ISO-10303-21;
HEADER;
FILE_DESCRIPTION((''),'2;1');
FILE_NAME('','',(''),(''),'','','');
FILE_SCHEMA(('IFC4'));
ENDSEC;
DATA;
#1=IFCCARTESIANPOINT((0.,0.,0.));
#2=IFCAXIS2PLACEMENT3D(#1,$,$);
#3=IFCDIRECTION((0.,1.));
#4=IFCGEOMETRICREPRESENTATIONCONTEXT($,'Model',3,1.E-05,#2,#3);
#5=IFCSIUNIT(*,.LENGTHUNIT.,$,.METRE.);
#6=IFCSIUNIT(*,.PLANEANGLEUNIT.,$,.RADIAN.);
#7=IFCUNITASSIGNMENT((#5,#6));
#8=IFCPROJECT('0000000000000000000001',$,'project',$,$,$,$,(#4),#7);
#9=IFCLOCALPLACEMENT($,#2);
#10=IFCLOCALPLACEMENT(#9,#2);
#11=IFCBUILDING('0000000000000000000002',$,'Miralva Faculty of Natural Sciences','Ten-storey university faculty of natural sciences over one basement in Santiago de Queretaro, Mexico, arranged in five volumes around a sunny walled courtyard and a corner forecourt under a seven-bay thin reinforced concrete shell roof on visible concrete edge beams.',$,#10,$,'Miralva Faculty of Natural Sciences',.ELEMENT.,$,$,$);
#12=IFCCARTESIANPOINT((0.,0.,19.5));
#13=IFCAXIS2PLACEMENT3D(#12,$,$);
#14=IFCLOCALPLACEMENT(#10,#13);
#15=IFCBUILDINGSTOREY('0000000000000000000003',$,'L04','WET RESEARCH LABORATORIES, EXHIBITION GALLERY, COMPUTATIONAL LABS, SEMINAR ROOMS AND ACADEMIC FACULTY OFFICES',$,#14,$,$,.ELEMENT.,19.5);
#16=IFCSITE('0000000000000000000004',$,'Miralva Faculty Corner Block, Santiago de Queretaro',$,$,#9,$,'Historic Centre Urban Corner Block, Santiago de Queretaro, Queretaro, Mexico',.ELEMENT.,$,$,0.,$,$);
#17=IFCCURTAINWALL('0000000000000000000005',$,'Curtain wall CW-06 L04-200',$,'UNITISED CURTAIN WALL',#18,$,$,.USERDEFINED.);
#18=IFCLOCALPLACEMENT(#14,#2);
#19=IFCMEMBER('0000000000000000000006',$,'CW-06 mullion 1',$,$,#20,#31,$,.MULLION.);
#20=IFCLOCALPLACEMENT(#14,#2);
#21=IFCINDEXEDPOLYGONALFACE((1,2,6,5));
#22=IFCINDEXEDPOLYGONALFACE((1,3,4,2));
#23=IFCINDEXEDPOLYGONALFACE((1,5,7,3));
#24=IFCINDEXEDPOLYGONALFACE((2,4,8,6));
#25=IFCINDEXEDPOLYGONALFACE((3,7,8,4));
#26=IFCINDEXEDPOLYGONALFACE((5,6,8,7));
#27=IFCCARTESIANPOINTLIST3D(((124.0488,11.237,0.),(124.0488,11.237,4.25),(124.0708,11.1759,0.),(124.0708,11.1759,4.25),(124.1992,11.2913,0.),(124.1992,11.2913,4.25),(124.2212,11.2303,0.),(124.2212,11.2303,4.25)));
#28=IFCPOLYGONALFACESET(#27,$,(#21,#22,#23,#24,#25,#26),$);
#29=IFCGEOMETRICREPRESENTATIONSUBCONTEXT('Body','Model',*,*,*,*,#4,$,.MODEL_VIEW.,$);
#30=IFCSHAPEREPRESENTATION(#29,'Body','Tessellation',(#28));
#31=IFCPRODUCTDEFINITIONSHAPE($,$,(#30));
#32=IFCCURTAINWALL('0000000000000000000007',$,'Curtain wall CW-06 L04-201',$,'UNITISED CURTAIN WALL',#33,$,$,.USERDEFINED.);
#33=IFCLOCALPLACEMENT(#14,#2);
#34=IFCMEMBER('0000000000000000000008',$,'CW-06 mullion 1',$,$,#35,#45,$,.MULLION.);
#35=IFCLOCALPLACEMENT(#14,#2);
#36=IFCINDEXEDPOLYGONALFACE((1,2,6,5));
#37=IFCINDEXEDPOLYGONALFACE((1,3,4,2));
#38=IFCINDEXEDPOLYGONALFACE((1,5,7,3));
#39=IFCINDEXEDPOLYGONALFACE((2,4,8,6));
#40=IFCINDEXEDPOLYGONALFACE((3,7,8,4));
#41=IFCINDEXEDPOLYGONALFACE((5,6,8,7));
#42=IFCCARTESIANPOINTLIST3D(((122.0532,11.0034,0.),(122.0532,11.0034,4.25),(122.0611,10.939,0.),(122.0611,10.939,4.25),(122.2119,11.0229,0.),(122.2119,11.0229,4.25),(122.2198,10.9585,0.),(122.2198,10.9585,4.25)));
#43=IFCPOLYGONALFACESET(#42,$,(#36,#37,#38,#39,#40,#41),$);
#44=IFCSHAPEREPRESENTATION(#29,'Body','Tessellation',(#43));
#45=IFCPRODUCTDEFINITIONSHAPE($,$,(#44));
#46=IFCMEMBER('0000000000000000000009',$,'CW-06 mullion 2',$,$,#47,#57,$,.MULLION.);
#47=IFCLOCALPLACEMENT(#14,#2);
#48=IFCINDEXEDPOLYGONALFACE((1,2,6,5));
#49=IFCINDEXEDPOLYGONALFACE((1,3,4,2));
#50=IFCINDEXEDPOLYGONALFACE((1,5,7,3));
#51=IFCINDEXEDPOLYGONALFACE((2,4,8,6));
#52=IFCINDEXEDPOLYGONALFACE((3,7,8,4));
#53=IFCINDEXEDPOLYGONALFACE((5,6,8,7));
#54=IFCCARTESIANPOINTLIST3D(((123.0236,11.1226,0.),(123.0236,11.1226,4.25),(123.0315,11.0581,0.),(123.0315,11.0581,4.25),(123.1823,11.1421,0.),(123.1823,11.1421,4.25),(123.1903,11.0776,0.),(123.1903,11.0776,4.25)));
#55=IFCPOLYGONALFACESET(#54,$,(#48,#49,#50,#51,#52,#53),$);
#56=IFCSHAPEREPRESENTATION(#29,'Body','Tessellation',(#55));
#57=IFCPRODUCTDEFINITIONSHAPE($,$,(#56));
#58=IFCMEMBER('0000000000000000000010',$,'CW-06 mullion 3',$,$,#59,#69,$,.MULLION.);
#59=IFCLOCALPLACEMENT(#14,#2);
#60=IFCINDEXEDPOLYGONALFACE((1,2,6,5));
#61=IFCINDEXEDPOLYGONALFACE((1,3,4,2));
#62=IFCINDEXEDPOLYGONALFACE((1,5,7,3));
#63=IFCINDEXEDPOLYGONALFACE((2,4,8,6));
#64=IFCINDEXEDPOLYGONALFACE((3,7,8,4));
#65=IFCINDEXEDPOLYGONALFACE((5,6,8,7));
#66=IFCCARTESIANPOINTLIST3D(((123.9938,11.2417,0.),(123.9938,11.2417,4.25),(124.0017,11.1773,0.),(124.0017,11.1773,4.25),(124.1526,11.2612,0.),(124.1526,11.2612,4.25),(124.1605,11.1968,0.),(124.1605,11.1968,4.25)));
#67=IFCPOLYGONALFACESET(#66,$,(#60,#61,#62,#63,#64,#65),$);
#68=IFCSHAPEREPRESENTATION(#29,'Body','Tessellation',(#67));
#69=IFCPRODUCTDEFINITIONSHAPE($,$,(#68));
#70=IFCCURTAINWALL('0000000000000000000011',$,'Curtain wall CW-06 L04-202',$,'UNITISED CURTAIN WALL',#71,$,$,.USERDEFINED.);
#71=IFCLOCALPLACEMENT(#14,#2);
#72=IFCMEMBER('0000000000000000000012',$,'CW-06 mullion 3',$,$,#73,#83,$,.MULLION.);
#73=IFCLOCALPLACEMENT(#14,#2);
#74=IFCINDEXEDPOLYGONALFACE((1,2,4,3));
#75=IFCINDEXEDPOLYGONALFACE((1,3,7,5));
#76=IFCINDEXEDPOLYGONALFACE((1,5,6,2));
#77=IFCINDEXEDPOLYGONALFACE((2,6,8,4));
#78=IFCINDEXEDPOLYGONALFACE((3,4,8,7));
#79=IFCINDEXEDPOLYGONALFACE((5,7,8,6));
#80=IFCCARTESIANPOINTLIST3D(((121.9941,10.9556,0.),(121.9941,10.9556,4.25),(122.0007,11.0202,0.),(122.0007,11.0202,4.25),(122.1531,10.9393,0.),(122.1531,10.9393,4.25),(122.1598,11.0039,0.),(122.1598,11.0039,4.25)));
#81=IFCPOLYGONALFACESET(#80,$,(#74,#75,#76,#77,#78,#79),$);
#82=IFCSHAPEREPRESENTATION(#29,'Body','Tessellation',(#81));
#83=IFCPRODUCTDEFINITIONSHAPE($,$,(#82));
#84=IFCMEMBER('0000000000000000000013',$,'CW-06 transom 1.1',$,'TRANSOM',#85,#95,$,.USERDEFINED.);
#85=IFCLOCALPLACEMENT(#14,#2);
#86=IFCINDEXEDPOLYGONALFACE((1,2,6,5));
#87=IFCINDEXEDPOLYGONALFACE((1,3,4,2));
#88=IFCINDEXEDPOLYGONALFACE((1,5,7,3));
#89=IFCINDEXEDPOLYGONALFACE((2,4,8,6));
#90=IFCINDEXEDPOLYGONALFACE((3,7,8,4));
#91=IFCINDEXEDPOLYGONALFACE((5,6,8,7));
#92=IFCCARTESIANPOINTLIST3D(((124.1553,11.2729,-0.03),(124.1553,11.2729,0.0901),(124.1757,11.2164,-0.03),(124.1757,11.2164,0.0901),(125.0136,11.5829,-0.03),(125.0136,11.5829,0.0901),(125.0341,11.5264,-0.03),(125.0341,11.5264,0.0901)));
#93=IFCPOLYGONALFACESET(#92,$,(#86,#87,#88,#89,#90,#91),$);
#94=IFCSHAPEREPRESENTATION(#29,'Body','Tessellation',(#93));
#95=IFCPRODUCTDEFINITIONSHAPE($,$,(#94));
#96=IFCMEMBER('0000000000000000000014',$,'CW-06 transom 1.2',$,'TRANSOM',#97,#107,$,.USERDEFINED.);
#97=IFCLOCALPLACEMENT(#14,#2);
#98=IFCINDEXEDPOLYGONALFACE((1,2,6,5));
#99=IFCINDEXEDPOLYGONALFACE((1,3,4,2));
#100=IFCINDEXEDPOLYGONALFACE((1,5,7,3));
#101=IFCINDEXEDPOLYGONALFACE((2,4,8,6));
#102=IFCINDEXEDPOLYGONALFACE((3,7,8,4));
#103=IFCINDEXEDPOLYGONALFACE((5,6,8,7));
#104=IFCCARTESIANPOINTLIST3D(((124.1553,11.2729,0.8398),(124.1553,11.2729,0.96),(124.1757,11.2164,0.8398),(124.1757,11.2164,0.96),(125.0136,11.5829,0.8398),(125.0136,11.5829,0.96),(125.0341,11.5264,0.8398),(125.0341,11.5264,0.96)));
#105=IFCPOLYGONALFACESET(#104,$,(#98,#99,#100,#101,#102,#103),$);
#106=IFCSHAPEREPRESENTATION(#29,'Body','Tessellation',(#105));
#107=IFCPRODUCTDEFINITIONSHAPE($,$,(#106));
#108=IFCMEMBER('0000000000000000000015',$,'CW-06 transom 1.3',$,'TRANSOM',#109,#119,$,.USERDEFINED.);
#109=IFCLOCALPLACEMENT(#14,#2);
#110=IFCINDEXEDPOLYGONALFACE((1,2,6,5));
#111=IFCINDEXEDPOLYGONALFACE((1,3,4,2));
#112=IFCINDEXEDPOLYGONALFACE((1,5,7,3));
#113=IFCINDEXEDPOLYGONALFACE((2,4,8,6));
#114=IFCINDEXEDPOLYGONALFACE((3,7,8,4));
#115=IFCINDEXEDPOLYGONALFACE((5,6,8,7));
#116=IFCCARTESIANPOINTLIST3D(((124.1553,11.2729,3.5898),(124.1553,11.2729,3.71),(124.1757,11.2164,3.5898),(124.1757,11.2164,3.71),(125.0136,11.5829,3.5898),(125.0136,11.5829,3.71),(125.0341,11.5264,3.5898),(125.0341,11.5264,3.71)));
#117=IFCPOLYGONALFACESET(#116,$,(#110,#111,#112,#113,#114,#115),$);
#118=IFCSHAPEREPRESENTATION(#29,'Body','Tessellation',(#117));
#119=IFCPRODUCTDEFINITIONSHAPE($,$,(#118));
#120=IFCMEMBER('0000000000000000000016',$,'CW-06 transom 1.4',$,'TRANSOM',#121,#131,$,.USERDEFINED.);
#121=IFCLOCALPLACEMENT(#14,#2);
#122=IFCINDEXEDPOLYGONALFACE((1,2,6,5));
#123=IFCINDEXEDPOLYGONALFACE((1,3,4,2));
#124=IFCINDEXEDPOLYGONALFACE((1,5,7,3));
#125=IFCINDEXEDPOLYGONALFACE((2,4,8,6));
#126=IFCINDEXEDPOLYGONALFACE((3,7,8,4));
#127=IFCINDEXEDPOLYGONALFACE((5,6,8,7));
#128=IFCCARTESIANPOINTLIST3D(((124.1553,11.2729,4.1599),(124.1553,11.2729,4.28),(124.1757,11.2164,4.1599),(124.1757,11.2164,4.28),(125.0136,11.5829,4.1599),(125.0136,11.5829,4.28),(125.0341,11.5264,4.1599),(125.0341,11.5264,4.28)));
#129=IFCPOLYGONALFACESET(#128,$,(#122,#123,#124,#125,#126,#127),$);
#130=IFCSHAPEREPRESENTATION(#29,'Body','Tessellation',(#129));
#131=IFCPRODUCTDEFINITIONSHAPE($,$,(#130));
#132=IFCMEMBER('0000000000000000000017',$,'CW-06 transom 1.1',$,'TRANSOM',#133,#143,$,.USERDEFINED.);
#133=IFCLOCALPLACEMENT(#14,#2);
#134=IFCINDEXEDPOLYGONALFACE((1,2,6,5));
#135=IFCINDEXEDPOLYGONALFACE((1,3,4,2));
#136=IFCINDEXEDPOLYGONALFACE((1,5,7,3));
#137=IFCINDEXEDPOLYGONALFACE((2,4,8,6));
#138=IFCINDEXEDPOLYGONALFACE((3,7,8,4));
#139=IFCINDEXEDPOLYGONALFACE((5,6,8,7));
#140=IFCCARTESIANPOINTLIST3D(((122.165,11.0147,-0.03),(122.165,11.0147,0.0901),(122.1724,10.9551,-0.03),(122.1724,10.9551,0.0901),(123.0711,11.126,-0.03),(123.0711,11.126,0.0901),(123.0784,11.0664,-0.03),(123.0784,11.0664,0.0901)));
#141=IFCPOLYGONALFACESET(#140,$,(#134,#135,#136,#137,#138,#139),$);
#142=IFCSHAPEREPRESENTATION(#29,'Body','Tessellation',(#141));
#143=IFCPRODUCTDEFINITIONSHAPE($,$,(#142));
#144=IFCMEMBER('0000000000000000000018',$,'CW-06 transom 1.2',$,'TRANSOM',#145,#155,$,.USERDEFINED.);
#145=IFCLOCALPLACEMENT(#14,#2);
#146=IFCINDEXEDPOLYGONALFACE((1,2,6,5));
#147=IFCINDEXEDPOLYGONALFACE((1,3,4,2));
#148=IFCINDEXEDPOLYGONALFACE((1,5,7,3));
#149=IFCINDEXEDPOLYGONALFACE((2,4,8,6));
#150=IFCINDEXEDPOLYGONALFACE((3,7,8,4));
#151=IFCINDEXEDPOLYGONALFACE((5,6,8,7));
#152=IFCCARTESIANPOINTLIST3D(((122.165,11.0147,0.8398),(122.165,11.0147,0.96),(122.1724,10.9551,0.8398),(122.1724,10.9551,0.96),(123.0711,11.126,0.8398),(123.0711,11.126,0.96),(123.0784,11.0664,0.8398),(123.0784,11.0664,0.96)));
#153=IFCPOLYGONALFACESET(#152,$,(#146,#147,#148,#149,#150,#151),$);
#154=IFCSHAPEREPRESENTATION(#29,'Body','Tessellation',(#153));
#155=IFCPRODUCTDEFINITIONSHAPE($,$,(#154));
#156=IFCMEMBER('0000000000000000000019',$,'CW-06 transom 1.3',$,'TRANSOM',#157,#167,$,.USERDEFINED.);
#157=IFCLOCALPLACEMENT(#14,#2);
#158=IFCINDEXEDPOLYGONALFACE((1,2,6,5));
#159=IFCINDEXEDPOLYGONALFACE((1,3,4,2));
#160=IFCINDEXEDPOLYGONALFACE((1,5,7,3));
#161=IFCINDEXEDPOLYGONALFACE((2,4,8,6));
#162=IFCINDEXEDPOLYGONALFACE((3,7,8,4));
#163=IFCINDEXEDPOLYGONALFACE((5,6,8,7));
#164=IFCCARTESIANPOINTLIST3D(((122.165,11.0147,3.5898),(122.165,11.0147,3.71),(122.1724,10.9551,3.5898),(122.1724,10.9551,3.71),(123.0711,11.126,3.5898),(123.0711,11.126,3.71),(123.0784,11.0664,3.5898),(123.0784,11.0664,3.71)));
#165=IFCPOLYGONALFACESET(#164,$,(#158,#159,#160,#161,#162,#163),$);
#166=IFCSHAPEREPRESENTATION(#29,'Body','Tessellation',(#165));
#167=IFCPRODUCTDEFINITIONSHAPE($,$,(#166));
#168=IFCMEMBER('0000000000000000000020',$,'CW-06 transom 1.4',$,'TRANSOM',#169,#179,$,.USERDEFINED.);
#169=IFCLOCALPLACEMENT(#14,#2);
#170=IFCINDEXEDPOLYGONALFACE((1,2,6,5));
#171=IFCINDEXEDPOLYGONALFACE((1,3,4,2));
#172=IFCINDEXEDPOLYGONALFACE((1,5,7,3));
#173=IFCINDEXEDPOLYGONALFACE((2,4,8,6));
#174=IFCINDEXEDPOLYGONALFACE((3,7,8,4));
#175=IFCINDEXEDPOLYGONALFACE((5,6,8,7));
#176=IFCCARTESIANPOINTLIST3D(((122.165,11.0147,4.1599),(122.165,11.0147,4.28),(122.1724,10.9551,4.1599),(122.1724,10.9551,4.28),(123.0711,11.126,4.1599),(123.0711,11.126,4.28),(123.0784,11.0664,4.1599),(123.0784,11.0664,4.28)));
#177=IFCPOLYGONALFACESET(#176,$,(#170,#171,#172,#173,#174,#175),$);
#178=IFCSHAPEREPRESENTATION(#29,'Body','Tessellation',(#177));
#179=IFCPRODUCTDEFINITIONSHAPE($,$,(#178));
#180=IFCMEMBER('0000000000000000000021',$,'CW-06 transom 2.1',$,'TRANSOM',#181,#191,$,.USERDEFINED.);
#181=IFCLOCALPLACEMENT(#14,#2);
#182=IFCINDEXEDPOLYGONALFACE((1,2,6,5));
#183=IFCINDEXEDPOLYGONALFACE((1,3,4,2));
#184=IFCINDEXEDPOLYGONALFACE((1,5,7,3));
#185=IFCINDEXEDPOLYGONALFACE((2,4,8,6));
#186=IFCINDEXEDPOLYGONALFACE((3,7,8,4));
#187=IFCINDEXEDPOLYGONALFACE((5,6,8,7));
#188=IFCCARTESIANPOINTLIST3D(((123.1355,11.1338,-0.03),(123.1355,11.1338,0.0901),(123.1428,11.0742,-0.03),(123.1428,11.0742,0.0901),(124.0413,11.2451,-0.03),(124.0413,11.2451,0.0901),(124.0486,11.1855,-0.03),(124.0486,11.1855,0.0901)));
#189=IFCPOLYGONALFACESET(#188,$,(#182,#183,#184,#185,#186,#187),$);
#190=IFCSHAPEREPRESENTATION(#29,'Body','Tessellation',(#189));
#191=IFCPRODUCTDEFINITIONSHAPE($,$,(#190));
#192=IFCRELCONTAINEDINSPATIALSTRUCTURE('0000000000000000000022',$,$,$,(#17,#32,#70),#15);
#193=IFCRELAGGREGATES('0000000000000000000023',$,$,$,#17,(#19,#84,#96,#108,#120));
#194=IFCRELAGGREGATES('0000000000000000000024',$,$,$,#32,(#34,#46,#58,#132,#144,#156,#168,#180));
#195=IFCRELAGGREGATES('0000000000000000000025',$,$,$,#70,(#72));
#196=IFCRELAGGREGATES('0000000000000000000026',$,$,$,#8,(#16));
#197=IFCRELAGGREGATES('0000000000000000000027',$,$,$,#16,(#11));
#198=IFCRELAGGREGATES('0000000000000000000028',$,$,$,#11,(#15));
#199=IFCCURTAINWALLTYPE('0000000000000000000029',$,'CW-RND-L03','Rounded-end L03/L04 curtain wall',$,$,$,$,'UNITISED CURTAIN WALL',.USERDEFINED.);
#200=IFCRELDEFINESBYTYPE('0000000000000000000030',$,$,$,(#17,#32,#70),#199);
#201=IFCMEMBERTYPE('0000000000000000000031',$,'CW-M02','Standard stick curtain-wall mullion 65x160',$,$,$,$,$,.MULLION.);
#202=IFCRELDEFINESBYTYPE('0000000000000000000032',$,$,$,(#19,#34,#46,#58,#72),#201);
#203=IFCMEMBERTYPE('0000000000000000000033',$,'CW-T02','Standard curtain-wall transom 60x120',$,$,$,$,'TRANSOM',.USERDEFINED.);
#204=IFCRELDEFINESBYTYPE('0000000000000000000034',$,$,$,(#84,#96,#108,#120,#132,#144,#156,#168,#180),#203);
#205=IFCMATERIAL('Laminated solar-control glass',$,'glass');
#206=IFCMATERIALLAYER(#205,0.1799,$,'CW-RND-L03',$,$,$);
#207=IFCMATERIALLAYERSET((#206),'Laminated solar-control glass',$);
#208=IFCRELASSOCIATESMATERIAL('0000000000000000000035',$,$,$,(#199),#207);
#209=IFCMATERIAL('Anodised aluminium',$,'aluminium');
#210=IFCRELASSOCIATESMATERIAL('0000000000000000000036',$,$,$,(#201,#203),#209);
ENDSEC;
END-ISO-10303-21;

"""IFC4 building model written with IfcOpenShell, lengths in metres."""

from ifc_helpers import new_model, si_unit, direction, frame, origin, origin_2d, place, context, subcontext, project, spatial, rectangle, extrude, material, layer, layer_set, material_profile, profile_set, type_object, element, aggregate, save


model = new_model("IFC4")

# Units and contexts
model_context = context("Model", 3, precision=1e-05, world=origin(), true_north=direction((0.0, 1.0)))
body_context = subcontext(model_context, "Body", "Model", "MODEL_VIEW")
ifc_project = project(units=[si_unit("LENGTHUNIT", "METRE"), si_unit("PLANEANGLEUNIT", "RADIAN")], contexts=[model_context])

# Site, building, storey
site_placement = place(None, origin())
site = spatial("IfcSite", under=ifc_project, at=site_placement, Name="Miralva Faculty Corner Block, Santiago de Queretaro", LongName="Historic Centre Urban Corner Block, Santiago de Queretaro, Queretaro, Mexico", CompositionType="ELEMENT", RefElevation=0.0)
building_placement = place(site_placement, origin())
building = spatial("IfcBuilding", under=site, at=building_placement, Name="Miralva Faculty of Natural Sciences", Description="Ten-storey university faculty of natural sciences over one basement in Santiago de Queretaro, Mexico, arranged in five volumes around a sunny walled courtyard and a corner forecourt under a seven-bay thin reinforced concrete shell roof on visible concrete edge beams.", LongName="Miralva Faculty of Natural Sciences", CompositionType="ELEMENT")
storey_placement = place(building_placement, frame((0.0, 0.0, 19.5)))
storey = spatial("IfcBuildingStorey", under=building, at=storey_placement, Name="L04", Description="WET RESEARCH LABORATORIES, EXHIBITION GALLERY, COMPUTATIONAL LABS, SEMINAR ROOMS AND ACADEMIC FACULTY OFFICES", CompositionType="ELEMENT", Elevation=19.5)

# Curtain wall, member
ifc_material_1 = material(Name="Laminated solar-control glass", Category="glass")
ifc_layer_1 = layer(ifc_material_1, 0.1799, Name="CW-RND-L03")
ifc_layer_set_1 = layer_set([ifc_layer_1], Name="Laminated solar-control glass")
curtain_wall_type = type_object("IfcCurtainWallType", Name="CW-RND-L03", Description="Rounded-end L03/L04 curtain wall", ElementType="UNITISED CURTAIN WALL", PredefinedType="USERDEFINED", material=ifc_layer_set_1)
curtain_wall_1_placement = place(storey_placement, origin())
curtain_wall_1 = element("IfcCurtainWall", 1, at=curtain_wall_1_placement, inside=storey, type_object=curtain_wall_type, Name="Curtain wall CW-06 L04-200", ObjectType="UNITISED CURTAIN WALL", PredefinedType="USERDEFINED")
ifc_material_2 = material(Name="Anodised aluminium", Category="aluminium")
ifc_material_profile_1 = material_profile(ifc_material_2, rectangle(XDim=0.0649, YDim=0.1599, at=origin_2d()), Name="MULLION 65x160")
ifc_profile_set_1 = profile_set([ifc_material_profile_1], Name="Anodised aluminium")
member_type_1 = type_object("IfcMemberType", Name="CW-M02", Description="Standard stick curtain-wall mullion 65x160", PredefinedType="MULLION", material=ifc_profile_set_1)
member_1_placement = place(storey_placement, frame((124.135, 11.2336, 0.0), z_axis=(0.0, 0.0, 1.0), x_axis=(-0.339696, 0.940535, 0.0)))
member_1 = element("IfcMember", 2, at=member_1_placement, type_object=member_type_1, Name="CW-06 mullion 1", PredefinedType="MULLION", context=body_context, shape_type="SweptSolid", body=[
    extrude(rectangle(XDim=0.0649, YDim=0.1599, at=origin_2d()), origin(), (0.0, 0.0, 1.0), 4.25),
])

# Curtain wall, members
curtain_wall_2_placement = place(storey_placement, origin())
curtain_wall_2 = element("IfcCurtainWall", 3, at=curtain_wall_2_placement, inside=storey, type_object=curtain_wall_type, Name="Curtain wall CW-06 L04-201", ObjectType="UNITISED CURTAIN WALL", PredefinedType="USERDEFINED")
member_2_placement = place(storey_placement, frame((122.1365, 10.981, 0.0), z_axis=(0.0, 0.0, 1.0), x_axis=(-0.12186, 0.992547, 0.0)))
member_2 = element("IfcMember", 4, at=member_2_placement, type_object=member_type_1, Name="CW-06 mullion 1", PredefinedType="MULLION", context=body_context, shape_type="SweptSolid", body=[
    extrude(rectangle(XDim=0.0649, YDim=0.1599, at=origin_2d()), origin(), (0.0, 0.0, 1.0), 4.25),
])
member_3_placement = place(storey_placement, frame((123.1069, 11.1001, 0.0), z_axis=(0.0, 0.0, 1.0), x_axis=(-0.12186, 0.992547, 0.0)))
member_3 = element("IfcMember", 5, at=member_3_placement, type_object=member_type_1, Name="CW-06 mullion 2", PredefinedType="MULLION", context=body_context, shape_type="SweptSolid", body=[
    extrude(rectangle(XDim=0.0649, YDim=0.1599, at=origin_2d()), origin(), (0.0, 0.0, 1.0), 4.25),
])
member_4_placement = place(storey_placement, frame((124.0771, 11.2192, 0.0), z_axis=(0.0, 0.0, 1.0), x_axis=(-0.12186, 0.992547, 0.0)))
member_4 = element("IfcMember", 6, at=member_4_placement, type_object=member_type_1, Name="CW-06 mullion 3", PredefinedType="MULLION", context=body_context, shape_type="SweptSolid", body=[
    extrude(rectangle(XDim=0.0649, YDim=0.1599, at=origin_2d()), origin(), (0.0, 0.0, 1.0), 4.25),
])

# Curtain wall, member
curtain_wall_3_placement = place(storey_placement, origin())
curtain_wall_3 = element("IfcCurtainWall", 7, at=curtain_wall_3_placement, inside=storey, type_object=curtain_wall_type, Name="Curtain wall CW-06 L04-202", ObjectType="UNITISED CURTAIN WALL", PredefinedType="USERDEFINED")
member_5_placement = place(storey_placement, frame((122.0769, 10.9797, 0.0), z_axis=(0.0, 0.0, 1.0), x_axis=(0.102056, 0.994779, 0.0)))
member_5 = element("IfcMember", 8, at=member_5_placement, type_object=member_type_1, Name="CW-06 mullion 3", PredefinedType="MULLION", context=body_context, shape_type="SweptSolid", body=[
    extrude(rectangle(XDim=0.0649, YDim=0.1599, at=origin_2d()), origin(), (0.0, 0.0, 1.0), 4.25),
])

# Members
ifc_material_profile_2 = material_profile(ifc_material_2, rectangle(XDim=0.0601, YDim=0.1201, at=origin_2d()), Name="TRANSOM 60x120")
ifc_profile_set_2 = profile_set([ifc_material_profile_2], Name="Anodised aluminium")
member_type_2 = type_object("IfcMemberType", Name="CW-T02", Description="Standard curtain-wall transom 60x120", ElementType="TRANSOM", PredefinedType="USERDEFINED", material=ifc_profile_set_2)
member_6_placement = place(storey_placement, frame((124.1655, 11.2446, 0.03), z_axis=(0.940525, 0.339723, 0.0), x_axis=(-0.339723, 0.940525, 0.0)))
member_6 = element("IfcMember", 9, at=member_6_placement, type_object=member_type_2, Name="CW-06 transom 1.1", ObjectType="TRANSOM", PredefinedType="USERDEFINED", context=body_context, shape_type="SweptSolid", body=[
    extrude(rectangle(XDim=0.0601, YDim=0.1201, at=origin_2d()), origin(), (0.0, 0.0, 1.0), 0.9126),
])
member_7_placement = place(storey_placement, frame((124.1655, 11.2446, 0.8999), z_axis=(0.940525, 0.339723, 0.0), x_axis=(-0.339723, 0.940525, 0.0)))
member_7 = element("IfcMember", 10, at=member_7_placement, type_object=member_type_2, Name="CW-06 transom 1.2", ObjectType="TRANSOM", PredefinedType="USERDEFINED", context=body_context, shape_type="SweptSolid", body=[
    extrude(rectangle(XDim=0.0601, YDim=0.1201, at=origin_2d()), origin(), (0.0, 0.0, 1.0), 0.9126),
])
member_8_placement = place(storey_placement, frame((124.1655, 11.2446, 3.6499), z_axis=(0.940525, 0.339723, 0.0), x_axis=(-0.339723, 0.940525, 0.0)))
member_8 = element("IfcMember", 11, at=member_8_placement, type_object=member_type_2, Name="CW-06 transom 1.3", ObjectType="TRANSOM", PredefinedType="USERDEFINED", context=body_context, shape_type="SweptSolid", body=[
    extrude(rectangle(XDim=0.0601, YDim=0.1201, at=origin_2d()), origin(), (0.0, 0.0, 1.0), 0.9126),
])
member_9_placement = place(storey_placement, frame((124.1655, 11.2446, 4.22), z_axis=(0.940525, 0.339723, 0.0), x_axis=(-0.339723, 0.940525, 0.0)))
member_9 = element("IfcMember", 12, at=member_9_placement, type_object=member_type_2, Name="CW-06 transom 1.4", ObjectType="TRANSOM", PredefinedType="USERDEFINED", context=body_context, shape_type="SweptSolid", body=[
    extrude(rectangle(XDim=0.0601, YDim=0.1201, at=origin_2d()), origin(), (0.0, 0.0, 1.0), 0.9126),
])
aggregate(curtain_wall_1, [member_1, member_6, member_7, member_8, member_9])
member_10_placement = place(storey_placement, frame((122.1687, 10.9849, 0.03), z_axis=(0.992535, 0.121961, 0.0), x_axis=(-0.121961, 0.992535, 0.0)))
member_10 = element("IfcMember", 13, at=member_10_placement, type_object=member_type_2, Name="CW-06 transom 1.1", ObjectType="TRANSOM", PredefinedType="USERDEFINED", context=body_context, shape_type="SweptSolid", body=[
    extrude(rectangle(XDim=0.0601, YDim=0.1201, at=origin_2d()), origin(), (0.0, 0.0, 1.0), 0.9128),
])
member_11_placement = place(storey_placement, frame((122.1687, 10.9849, 0.8999), z_axis=(0.992535, 0.121961, 0.0), x_axis=(-0.121961, 0.992535, 0.0)))
member_11 = element("IfcMember", 14, at=member_11_placement, type_object=member_type_2, Name="CW-06 transom 1.2", ObjectType="TRANSOM", PredefinedType="USERDEFINED", context=body_context, shape_type="SweptSolid", body=[
    extrude(rectangle(XDim=0.0601, YDim=0.1201, at=origin_2d()), origin(), (0.0, 0.0, 1.0), 0.9128),
])
member_12_placement = place(storey_placement, frame((122.1687, 10.9849, 3.6499), z_axis=(0.992535, 0.121961, 0.0), x_axis=(-0.121961, 0.992535, 0.0)))
member_12 = element("IfcMember", 15, at=member_12_placement, type_object=member_type_2, Name="CW-06 transom 1.3", ObjectType="TRANSOM", PredefinedType="USERDEFINED", context=body_context, shape_type="SweptSolid", body=[
    extrude(rectangle(XDim=0.0601, YDim=0.1201, at=origin_2d()), origin(), (0.0, 0.0, 1.0), 0.9128),
])
member_13_placement = place(storey_placement, frame((122.1687, 10.9849, 4.22), z_axis=(0.992535, 0.121961, 0.0), x_axis=(-0.121961, 0.992535, 0.0)))
member_13 = element("IfcMember", 16, at=member_13_placement, type_object=member_type_2, Name="CW-06 transom 1.4", ObjectType="TRANSOM", PredefinedType="USERDEFINED", context=body_context, shape_type="SweptSolid", body=[
    extrude(rectangle(XDim=0.0601, YDim=0.1201, at=origin_2d()), origin(), (0.0, 0.0, 1.0), 0.9128),
])
member_14_placement = place(storey_placement, frame((123.1392, 11.104, 0.03), z_axis=(0.992531, 0.121993, 0.0), x_axis=(-0.121993, 0.992531, 0.0)))
member_14 = element("IfcMember", 17, at=member_14_placement, type_object=member_type_2, Name="CW-06 transom 2.1", ObjectType="TRANSOM", PredefinedType="USERDEFINED", context=body_context, shape_type="SweptSolid", body=[
    extrude(rectangle(XDim=0.0601, YDim=0.1201, at=origin_2d()), origin(), (0.0, 0.0, 1.0), 0.9126),
])

aggregate(curtain_wall_2, [member_2, member_3, member_4, member_10, member_11, member_12, member_13, member_14])
aggregate(curtain_wall_3, [member_5])

save(model, "model.ifc")
